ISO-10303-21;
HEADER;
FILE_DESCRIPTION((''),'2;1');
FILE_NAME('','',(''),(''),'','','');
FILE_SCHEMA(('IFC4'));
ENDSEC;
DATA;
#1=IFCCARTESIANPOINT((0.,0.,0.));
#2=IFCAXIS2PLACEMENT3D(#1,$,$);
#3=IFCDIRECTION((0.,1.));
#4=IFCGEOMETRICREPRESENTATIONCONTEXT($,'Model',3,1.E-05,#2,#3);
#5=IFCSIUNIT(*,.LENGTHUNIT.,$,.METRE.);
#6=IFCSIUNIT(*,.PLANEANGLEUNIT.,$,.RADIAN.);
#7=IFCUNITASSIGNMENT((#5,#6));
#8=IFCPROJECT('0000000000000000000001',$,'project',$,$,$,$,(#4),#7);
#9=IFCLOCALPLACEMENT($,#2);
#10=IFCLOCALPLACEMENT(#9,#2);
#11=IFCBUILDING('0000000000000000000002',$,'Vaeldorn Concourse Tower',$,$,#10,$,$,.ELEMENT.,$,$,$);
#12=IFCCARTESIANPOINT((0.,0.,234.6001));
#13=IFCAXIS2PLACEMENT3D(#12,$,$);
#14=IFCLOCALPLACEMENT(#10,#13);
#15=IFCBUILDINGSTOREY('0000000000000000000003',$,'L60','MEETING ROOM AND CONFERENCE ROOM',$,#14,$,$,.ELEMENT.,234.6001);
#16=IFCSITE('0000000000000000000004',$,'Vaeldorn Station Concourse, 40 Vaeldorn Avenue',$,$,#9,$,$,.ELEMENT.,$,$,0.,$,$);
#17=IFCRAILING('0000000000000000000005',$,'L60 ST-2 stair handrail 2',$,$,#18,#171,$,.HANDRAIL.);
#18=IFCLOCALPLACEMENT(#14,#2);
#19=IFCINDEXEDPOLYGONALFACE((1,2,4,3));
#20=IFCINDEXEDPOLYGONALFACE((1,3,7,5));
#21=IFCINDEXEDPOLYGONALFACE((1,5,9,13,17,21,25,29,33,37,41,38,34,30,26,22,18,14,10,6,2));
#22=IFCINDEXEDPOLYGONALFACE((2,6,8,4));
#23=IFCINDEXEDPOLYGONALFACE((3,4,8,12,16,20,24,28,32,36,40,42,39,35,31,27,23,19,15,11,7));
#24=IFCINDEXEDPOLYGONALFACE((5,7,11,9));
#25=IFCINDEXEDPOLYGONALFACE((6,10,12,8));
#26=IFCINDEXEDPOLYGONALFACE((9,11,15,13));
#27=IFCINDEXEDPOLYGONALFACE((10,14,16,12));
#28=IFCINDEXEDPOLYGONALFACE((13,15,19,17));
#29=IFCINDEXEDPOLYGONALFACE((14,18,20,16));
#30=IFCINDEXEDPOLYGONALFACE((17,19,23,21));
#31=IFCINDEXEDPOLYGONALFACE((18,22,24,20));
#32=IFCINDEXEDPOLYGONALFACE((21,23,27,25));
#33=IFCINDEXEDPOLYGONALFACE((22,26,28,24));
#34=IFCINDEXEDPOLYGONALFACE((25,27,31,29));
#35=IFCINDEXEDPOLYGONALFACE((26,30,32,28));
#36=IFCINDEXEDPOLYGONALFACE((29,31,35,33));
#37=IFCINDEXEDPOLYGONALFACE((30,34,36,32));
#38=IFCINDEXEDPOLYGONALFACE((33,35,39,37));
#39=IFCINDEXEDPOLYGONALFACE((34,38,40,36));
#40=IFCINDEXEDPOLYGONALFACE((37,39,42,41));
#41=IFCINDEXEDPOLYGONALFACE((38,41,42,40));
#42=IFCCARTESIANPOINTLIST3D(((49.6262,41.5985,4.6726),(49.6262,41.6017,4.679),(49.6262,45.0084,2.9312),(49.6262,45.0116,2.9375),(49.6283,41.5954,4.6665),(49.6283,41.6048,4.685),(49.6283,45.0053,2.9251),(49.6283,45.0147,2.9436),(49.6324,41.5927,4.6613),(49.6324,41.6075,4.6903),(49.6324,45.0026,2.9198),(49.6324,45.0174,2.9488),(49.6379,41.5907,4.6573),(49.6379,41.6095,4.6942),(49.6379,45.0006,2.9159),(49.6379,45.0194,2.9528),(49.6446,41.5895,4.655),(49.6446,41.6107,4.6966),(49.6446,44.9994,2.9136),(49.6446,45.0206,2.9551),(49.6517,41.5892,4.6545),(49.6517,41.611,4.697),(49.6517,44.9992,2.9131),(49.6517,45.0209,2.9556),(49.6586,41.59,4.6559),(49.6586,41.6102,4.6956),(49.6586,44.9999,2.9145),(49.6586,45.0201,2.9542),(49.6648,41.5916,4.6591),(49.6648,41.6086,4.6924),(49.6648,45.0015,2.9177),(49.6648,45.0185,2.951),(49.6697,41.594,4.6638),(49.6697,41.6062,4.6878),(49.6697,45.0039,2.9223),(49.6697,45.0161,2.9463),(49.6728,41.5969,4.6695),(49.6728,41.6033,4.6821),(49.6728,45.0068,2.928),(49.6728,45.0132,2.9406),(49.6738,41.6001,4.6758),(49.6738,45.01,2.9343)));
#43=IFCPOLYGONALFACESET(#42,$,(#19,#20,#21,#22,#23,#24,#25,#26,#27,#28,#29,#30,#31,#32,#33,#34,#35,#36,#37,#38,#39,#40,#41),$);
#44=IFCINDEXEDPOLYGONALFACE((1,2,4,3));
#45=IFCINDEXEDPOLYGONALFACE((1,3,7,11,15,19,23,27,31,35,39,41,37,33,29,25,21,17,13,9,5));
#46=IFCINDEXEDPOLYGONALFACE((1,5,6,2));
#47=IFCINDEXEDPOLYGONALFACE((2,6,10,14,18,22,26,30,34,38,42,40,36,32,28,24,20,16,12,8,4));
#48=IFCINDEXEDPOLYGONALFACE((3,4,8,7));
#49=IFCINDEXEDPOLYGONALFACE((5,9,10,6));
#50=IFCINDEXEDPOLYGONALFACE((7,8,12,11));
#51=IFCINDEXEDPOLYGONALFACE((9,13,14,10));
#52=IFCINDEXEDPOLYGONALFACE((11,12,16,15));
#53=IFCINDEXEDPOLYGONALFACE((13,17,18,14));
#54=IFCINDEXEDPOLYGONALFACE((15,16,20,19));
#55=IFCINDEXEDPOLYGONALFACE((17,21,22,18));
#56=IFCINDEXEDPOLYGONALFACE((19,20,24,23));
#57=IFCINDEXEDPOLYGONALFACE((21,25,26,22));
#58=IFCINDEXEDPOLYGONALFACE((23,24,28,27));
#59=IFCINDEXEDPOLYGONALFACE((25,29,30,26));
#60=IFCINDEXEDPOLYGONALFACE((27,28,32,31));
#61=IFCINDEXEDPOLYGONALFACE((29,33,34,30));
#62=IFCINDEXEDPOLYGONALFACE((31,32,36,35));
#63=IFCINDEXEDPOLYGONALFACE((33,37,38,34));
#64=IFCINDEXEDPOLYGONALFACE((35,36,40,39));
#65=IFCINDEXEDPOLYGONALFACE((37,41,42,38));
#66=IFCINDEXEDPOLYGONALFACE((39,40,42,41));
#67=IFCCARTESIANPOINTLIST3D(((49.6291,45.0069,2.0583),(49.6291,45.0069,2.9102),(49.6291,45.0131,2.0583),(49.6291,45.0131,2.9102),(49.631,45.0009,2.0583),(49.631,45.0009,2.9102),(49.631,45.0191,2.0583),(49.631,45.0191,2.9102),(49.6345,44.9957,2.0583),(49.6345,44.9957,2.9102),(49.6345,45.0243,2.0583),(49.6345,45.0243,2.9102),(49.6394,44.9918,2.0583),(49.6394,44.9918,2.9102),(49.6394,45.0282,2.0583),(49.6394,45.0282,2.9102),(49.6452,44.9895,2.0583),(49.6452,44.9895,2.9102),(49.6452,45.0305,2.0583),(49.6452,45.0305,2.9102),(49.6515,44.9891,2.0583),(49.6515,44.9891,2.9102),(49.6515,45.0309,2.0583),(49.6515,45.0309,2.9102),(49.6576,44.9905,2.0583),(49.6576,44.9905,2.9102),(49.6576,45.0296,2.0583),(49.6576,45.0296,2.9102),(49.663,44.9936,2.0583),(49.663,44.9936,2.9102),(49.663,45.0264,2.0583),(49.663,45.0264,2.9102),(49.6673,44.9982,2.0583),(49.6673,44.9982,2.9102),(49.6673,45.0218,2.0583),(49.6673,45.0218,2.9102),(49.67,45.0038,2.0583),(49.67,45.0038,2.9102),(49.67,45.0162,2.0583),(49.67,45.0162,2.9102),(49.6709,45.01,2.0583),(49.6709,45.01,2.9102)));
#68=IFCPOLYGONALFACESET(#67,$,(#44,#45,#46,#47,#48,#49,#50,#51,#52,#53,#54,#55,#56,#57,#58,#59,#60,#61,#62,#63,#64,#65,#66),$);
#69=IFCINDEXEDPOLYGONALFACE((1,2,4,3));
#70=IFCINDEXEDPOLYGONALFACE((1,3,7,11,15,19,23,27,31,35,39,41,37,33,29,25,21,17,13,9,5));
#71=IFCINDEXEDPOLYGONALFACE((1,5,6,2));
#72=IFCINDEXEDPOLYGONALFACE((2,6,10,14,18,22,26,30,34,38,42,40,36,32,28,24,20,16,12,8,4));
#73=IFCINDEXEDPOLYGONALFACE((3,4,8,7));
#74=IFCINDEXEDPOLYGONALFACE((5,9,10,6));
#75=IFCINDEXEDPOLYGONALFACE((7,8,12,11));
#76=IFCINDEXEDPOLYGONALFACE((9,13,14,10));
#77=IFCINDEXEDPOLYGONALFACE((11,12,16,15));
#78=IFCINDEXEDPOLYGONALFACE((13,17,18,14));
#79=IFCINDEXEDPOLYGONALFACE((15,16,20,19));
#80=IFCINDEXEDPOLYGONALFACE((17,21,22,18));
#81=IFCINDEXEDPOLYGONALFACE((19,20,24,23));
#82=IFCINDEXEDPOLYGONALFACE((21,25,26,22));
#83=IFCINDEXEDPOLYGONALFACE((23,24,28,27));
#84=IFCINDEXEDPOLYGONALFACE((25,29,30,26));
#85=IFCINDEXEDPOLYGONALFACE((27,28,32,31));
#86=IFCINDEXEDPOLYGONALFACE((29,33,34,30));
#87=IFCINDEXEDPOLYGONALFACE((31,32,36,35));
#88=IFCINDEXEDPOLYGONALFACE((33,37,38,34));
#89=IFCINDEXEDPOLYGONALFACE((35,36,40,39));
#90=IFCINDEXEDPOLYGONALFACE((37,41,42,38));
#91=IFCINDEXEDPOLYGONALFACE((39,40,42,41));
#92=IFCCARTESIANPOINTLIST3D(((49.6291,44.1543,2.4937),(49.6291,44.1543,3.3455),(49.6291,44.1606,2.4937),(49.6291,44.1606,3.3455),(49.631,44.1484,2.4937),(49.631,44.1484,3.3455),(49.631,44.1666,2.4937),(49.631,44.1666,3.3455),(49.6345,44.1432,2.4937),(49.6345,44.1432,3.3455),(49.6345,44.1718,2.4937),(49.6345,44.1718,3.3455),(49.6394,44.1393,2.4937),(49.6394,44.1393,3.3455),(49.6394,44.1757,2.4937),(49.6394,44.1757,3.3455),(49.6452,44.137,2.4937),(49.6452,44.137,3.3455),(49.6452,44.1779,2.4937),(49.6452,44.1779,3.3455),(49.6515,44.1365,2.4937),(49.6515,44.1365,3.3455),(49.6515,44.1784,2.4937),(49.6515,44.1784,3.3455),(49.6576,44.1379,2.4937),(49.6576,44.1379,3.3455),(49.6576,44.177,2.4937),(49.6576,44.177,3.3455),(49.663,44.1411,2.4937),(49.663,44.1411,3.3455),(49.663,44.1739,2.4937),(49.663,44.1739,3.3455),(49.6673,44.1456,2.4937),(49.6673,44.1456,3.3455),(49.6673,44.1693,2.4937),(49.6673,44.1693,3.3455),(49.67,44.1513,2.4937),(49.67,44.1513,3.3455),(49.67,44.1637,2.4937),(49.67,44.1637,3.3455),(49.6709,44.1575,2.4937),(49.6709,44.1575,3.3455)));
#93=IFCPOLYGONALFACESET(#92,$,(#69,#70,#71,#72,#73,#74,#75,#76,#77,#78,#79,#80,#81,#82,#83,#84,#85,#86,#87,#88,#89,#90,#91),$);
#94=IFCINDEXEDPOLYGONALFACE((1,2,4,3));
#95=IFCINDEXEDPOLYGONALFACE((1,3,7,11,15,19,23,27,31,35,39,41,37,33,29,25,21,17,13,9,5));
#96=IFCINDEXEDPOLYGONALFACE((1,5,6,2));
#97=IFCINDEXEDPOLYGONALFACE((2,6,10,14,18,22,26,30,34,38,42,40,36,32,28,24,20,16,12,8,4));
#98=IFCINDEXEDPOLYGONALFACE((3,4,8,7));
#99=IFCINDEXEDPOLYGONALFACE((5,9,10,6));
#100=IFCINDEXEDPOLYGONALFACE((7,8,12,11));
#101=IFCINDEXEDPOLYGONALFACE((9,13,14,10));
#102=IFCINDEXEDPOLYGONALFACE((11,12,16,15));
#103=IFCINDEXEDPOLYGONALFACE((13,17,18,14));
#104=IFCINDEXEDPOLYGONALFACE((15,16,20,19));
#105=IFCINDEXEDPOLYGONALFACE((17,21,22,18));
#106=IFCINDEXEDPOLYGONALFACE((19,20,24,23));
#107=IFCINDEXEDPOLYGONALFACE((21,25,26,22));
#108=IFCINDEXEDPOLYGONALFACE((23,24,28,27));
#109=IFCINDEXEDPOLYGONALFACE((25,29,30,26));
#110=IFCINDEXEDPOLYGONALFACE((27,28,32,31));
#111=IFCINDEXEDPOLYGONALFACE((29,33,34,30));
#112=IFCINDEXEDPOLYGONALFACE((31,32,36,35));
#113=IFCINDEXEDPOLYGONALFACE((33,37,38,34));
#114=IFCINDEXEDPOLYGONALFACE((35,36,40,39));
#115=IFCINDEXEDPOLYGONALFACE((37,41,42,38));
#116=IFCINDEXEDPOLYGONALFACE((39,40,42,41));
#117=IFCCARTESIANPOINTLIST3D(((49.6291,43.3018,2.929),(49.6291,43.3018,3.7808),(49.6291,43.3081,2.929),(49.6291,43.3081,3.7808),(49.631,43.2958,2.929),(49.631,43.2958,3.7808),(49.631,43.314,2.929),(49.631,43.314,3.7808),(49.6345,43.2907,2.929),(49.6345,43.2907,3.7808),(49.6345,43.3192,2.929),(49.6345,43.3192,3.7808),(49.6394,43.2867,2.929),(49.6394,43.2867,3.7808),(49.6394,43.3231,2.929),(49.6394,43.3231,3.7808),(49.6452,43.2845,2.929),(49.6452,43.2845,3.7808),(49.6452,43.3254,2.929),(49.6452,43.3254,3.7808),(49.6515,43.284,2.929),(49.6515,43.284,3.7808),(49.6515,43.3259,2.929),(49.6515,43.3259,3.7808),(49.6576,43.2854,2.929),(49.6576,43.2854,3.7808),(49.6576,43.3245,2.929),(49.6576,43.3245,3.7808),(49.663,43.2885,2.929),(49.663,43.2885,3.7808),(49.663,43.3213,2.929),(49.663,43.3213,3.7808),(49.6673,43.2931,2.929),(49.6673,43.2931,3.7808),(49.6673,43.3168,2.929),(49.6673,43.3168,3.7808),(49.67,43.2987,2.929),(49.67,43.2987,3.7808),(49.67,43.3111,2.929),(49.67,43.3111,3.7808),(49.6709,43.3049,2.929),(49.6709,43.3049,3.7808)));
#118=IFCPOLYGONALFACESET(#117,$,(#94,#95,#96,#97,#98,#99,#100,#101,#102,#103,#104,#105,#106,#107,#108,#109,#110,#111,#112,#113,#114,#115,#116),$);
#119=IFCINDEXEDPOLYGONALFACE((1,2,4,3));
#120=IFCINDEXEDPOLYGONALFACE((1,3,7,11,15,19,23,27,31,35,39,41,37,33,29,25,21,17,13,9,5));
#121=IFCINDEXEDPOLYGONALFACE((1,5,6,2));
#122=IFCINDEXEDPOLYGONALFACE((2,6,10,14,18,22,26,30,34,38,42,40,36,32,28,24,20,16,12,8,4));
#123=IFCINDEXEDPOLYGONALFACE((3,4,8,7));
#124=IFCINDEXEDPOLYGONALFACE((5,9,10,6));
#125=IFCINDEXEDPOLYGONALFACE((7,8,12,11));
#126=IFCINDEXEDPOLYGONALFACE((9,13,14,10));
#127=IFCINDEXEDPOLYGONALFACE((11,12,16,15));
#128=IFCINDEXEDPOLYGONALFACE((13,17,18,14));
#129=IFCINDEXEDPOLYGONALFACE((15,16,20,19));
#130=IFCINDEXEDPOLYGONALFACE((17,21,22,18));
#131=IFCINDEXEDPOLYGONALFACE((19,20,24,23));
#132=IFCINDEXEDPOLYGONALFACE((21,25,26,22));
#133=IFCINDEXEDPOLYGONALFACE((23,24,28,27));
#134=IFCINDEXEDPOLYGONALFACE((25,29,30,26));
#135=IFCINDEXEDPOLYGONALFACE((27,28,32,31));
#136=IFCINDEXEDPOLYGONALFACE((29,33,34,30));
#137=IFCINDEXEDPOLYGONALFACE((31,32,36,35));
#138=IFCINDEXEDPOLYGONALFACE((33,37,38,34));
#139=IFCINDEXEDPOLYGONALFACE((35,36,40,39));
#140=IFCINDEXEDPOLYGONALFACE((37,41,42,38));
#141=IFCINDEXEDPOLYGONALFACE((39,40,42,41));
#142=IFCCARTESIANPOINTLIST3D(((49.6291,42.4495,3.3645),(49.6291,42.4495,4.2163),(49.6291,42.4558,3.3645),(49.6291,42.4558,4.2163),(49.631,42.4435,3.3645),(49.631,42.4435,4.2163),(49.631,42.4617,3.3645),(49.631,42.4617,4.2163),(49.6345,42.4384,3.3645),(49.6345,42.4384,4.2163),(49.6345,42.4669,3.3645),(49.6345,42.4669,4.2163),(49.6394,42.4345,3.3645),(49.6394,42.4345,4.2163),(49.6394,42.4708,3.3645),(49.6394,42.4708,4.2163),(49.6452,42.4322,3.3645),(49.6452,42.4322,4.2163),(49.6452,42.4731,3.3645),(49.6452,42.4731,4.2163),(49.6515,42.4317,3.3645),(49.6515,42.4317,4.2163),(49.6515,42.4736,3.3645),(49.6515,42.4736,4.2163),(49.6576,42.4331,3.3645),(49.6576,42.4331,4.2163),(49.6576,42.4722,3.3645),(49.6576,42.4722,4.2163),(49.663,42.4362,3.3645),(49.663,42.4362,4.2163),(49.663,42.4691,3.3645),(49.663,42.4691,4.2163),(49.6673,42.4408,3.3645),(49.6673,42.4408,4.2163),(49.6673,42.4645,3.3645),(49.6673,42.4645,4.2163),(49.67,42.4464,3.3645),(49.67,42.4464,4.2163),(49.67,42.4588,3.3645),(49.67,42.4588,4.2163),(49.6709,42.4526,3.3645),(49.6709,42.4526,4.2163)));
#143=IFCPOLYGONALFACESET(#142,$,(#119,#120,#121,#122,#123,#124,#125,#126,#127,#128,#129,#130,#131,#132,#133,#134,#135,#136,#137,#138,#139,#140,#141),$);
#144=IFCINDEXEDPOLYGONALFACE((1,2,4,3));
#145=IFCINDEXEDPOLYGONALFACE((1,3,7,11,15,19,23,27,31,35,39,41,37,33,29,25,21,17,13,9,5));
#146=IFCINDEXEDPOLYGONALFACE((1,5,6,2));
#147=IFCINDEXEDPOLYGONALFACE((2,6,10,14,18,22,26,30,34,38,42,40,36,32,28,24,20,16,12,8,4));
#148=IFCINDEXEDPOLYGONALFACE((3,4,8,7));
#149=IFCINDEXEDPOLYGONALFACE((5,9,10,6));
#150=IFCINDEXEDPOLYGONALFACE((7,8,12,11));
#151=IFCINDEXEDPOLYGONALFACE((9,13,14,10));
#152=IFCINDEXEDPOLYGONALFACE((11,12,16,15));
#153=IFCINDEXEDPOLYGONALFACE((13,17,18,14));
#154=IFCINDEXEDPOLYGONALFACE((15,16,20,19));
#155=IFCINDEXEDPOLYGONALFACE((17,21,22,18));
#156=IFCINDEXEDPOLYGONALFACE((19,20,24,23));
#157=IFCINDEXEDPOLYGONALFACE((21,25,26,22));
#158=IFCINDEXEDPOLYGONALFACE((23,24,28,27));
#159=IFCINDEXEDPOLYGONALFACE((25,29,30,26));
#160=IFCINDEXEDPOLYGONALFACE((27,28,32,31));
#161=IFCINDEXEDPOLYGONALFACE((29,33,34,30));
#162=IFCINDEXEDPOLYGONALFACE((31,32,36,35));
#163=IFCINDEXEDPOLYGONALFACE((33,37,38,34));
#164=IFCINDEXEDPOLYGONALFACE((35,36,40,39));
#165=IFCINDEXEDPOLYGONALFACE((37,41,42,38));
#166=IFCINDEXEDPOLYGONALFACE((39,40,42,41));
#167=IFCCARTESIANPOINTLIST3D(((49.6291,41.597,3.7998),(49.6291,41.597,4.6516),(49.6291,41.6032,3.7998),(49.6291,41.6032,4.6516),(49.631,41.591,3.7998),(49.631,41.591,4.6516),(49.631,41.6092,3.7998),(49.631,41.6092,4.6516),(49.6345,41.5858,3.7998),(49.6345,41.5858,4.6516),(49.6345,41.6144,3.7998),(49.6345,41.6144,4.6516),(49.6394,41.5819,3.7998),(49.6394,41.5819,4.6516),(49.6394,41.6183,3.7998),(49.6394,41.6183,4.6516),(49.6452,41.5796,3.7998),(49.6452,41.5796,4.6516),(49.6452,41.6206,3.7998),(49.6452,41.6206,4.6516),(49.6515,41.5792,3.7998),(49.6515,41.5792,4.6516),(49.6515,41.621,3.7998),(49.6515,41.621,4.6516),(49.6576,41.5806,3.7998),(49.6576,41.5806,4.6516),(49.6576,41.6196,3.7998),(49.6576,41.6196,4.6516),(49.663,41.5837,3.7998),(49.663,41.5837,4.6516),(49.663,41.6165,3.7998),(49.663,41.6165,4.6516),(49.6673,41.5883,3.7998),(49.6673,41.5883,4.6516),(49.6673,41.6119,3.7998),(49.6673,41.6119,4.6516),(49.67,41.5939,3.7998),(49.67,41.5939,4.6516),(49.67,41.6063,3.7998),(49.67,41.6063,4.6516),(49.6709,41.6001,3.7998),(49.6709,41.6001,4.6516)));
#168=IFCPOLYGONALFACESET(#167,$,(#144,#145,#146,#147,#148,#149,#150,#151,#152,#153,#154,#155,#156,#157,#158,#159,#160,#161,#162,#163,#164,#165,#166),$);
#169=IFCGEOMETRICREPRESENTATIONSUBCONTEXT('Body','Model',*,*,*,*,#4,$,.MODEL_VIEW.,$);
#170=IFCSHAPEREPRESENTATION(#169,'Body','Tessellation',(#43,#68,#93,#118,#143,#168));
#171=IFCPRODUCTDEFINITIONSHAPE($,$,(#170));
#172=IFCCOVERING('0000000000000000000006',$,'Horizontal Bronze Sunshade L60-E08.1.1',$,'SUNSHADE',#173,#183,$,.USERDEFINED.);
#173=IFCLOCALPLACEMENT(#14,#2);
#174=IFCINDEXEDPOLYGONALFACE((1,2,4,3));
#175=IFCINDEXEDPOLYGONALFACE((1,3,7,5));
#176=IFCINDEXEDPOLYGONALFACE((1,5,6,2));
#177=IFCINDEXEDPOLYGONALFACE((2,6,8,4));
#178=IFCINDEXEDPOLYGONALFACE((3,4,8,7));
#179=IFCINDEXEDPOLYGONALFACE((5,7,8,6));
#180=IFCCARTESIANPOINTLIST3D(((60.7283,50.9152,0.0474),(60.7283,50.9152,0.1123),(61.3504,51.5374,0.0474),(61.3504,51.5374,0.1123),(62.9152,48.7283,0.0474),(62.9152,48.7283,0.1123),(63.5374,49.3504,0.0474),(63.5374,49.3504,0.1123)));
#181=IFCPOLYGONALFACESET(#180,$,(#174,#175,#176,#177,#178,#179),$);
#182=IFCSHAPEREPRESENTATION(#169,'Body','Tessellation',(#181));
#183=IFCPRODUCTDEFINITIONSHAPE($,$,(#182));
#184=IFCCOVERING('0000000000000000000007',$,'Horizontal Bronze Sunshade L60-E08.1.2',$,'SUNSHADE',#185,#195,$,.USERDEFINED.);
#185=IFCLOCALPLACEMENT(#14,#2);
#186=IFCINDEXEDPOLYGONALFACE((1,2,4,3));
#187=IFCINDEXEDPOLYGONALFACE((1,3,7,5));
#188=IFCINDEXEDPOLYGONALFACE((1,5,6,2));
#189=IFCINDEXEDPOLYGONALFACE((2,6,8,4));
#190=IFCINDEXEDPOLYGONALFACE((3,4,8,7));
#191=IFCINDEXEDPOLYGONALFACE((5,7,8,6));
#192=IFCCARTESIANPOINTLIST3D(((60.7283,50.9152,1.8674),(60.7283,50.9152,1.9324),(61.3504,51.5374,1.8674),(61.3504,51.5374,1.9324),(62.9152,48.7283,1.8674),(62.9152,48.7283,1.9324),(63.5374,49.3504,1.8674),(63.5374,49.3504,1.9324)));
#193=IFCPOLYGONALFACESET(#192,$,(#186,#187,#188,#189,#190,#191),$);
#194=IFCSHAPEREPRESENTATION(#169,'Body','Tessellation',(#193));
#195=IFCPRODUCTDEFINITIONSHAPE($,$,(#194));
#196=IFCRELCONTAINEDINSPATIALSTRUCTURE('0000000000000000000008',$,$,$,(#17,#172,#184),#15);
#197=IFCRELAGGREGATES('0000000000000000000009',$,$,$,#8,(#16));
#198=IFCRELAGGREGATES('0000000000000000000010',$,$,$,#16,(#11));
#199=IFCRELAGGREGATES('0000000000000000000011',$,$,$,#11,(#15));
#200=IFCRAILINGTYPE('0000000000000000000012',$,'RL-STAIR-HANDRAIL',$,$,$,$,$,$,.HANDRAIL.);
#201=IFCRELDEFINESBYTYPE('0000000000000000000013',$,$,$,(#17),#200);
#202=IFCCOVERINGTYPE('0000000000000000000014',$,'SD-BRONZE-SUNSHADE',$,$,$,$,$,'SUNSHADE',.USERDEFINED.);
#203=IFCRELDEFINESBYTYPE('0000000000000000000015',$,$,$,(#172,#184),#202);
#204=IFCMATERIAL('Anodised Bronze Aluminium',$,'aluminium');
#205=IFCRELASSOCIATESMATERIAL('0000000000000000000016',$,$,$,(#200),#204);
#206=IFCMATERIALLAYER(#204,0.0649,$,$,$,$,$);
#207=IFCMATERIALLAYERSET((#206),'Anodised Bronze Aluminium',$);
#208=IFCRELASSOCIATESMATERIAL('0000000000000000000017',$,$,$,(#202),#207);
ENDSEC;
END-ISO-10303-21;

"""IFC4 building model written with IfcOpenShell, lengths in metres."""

from ifc_helpers import new_model, si_unit, direction, frame, origin, origin_2d, place, context, subcontext, project, spatial, rectangle, circle, extrude, source, transform, mapped, material, layer, layer_set, type_object, element, save


model = new_model("IFC4")

# Units and contexts
model_context = context("Model", 3, precision=1e-05, world=origin(), true_north=direction((0.0, 1.0)))
body_context = subcontext(model_context, "Body", "Model", "MODEL_VIEW")
ifc_project = project(units=[si_unit("LENGTHUNIT", "METRE"), si_unit("PLANEANGLEUNIT", "RADIAN")], contexts=[model_context])

# Site, building, storey
site_placement = place(None, origin())
site = spatial("IfcSite", under=ifc_project, at=site_placement, Name="Vaeldorn Station Concourse, 40 Vaeldorn Avenue", CompositionType="ELEMENT", RefElevation=0.0)
building_placement = place(site_placement, origin())
building = spatial("IfcBuilding", under=site, at=building_placement, Name="Vaeldorn Concourse Tower", CompositionType="ELEMENT")
storey_placement = place(building_placement, frame((0.0, 0.0, 234.6001)))
storey = spatial("IfcBuildingStorey", under=building, at=storey_placement, Name="L60", Description="MEETING ROOM AND CONFERENCE ROOM", CompositionType="ELEMENT", Elevation=234.6001)

# Shared definitions
ifc_material_1 = material(Name="Anodised Bronze Aluminium", Category="aluminium")

# Railing
railing_type_1 = type_object("IfcRailingType", Name="RL-STAIR-HANDRAIL", PredefinedType="HANDRAIL", material=ifc_material_1)
railing_1_placement = place(storey_placement, frame((49.6499, 45.01, 2.0583)))
element("IfcRailing", 1, at=railing_1_placement, inside=storey, type_object=railing_type_1, Name="L60 ST-2 stair handrail 2", PredefinedType="HANDRAIL", context=body_context, shape_type="SweptSolid", body=[
    extrude(circle(Radius=0.0239, at=origin_2d()), frame((0.0, 0.0, 0.876), z_axis=(0.0, -0.890582, 0.454823), x_axis=(1.0, 0.0, 0.0)), (0.0, 0.0, 1.0), 3.8289),
    extrude(circle(Radius=0.021, at=origin_2d()), origin(), (0.0, 0.0, 1.0), 0.8518),
    extrude(circle(Radius=0.021, at=origin_2d()), frame((0.0, -0.8525, 0.4353)), (0.0, 0.0, 1.0), 0.8518),
    extrude(circle(Radius=0.021, at=origin_2d()), frame((0.0, -1.7051, 0.8706)), (0.0, 0.0, 1.0), 0.8518),
    extrude(circle(Radius=0.021, at=origin_2d()), frame((0.0, -2.5574, 1.3062)), (0.0, 0.0, 1.0), 0.8518),
    extrude(circle(Radius=0.021, at=origin_2d()), frame((0.0, -3.4099, 1.7415)), (0.0, 0.0, 1.0), 0.8518),
])

# Coverings
ifc_layer_1 = layer(ifc_material_1, 0.0649)
ifc_layer_set_1 = layer_set([ifc_layer_1], Name="Anodised Bronze Aluminium")
covering_type = type_object("IfcCoveringType", Name="SD-BRONZE-SUNSHADE", ElementType="SUNSHADE", PredefinedType="USERDEFINED", material=ifc_layer_set_1)
shared_shape_1 = source(origin(), body_context, "Body", "SweptSolid", [
    extrude(rectangle(XDim=3.0928, YDim=0.8799, at=origin_2d()), origin(), (0.0, 0.0, 1.0), 0.0649),
])
for number, where, z_axis, x_axis, name in (
    (2, (62.1328, 50.1328, 0.0474), (0.0, 0.0, 1.0), (-0.707107, 0.707107, 0.0), "Horizontal Bronze Sunshade L60-E08.1.1"),
    (3, (62.1328, 50.1328, 1.8674), (0.0, 0.0, 1.0), (-0.707107, 0.707107, 0.0), "Horizontal Bronze Sunshade L60-E08.1.2"),
):
    element("IfcCovering", number, at=place(storey_placement, frame(where, z_axis=z_axis, x_axis=x_axis)), inside=storey, type_object=covering_type, Name=name, ObjectType="SUNSHADE", PredefinedType="USERDEFINED", context=body_context, shape_type="MappedRepresentation", body=[
        mapped(shared_shape_1, transform((0.0, 0.0, 0.0), scale=1.0)),
    ])

save(model, "model.ifc")
